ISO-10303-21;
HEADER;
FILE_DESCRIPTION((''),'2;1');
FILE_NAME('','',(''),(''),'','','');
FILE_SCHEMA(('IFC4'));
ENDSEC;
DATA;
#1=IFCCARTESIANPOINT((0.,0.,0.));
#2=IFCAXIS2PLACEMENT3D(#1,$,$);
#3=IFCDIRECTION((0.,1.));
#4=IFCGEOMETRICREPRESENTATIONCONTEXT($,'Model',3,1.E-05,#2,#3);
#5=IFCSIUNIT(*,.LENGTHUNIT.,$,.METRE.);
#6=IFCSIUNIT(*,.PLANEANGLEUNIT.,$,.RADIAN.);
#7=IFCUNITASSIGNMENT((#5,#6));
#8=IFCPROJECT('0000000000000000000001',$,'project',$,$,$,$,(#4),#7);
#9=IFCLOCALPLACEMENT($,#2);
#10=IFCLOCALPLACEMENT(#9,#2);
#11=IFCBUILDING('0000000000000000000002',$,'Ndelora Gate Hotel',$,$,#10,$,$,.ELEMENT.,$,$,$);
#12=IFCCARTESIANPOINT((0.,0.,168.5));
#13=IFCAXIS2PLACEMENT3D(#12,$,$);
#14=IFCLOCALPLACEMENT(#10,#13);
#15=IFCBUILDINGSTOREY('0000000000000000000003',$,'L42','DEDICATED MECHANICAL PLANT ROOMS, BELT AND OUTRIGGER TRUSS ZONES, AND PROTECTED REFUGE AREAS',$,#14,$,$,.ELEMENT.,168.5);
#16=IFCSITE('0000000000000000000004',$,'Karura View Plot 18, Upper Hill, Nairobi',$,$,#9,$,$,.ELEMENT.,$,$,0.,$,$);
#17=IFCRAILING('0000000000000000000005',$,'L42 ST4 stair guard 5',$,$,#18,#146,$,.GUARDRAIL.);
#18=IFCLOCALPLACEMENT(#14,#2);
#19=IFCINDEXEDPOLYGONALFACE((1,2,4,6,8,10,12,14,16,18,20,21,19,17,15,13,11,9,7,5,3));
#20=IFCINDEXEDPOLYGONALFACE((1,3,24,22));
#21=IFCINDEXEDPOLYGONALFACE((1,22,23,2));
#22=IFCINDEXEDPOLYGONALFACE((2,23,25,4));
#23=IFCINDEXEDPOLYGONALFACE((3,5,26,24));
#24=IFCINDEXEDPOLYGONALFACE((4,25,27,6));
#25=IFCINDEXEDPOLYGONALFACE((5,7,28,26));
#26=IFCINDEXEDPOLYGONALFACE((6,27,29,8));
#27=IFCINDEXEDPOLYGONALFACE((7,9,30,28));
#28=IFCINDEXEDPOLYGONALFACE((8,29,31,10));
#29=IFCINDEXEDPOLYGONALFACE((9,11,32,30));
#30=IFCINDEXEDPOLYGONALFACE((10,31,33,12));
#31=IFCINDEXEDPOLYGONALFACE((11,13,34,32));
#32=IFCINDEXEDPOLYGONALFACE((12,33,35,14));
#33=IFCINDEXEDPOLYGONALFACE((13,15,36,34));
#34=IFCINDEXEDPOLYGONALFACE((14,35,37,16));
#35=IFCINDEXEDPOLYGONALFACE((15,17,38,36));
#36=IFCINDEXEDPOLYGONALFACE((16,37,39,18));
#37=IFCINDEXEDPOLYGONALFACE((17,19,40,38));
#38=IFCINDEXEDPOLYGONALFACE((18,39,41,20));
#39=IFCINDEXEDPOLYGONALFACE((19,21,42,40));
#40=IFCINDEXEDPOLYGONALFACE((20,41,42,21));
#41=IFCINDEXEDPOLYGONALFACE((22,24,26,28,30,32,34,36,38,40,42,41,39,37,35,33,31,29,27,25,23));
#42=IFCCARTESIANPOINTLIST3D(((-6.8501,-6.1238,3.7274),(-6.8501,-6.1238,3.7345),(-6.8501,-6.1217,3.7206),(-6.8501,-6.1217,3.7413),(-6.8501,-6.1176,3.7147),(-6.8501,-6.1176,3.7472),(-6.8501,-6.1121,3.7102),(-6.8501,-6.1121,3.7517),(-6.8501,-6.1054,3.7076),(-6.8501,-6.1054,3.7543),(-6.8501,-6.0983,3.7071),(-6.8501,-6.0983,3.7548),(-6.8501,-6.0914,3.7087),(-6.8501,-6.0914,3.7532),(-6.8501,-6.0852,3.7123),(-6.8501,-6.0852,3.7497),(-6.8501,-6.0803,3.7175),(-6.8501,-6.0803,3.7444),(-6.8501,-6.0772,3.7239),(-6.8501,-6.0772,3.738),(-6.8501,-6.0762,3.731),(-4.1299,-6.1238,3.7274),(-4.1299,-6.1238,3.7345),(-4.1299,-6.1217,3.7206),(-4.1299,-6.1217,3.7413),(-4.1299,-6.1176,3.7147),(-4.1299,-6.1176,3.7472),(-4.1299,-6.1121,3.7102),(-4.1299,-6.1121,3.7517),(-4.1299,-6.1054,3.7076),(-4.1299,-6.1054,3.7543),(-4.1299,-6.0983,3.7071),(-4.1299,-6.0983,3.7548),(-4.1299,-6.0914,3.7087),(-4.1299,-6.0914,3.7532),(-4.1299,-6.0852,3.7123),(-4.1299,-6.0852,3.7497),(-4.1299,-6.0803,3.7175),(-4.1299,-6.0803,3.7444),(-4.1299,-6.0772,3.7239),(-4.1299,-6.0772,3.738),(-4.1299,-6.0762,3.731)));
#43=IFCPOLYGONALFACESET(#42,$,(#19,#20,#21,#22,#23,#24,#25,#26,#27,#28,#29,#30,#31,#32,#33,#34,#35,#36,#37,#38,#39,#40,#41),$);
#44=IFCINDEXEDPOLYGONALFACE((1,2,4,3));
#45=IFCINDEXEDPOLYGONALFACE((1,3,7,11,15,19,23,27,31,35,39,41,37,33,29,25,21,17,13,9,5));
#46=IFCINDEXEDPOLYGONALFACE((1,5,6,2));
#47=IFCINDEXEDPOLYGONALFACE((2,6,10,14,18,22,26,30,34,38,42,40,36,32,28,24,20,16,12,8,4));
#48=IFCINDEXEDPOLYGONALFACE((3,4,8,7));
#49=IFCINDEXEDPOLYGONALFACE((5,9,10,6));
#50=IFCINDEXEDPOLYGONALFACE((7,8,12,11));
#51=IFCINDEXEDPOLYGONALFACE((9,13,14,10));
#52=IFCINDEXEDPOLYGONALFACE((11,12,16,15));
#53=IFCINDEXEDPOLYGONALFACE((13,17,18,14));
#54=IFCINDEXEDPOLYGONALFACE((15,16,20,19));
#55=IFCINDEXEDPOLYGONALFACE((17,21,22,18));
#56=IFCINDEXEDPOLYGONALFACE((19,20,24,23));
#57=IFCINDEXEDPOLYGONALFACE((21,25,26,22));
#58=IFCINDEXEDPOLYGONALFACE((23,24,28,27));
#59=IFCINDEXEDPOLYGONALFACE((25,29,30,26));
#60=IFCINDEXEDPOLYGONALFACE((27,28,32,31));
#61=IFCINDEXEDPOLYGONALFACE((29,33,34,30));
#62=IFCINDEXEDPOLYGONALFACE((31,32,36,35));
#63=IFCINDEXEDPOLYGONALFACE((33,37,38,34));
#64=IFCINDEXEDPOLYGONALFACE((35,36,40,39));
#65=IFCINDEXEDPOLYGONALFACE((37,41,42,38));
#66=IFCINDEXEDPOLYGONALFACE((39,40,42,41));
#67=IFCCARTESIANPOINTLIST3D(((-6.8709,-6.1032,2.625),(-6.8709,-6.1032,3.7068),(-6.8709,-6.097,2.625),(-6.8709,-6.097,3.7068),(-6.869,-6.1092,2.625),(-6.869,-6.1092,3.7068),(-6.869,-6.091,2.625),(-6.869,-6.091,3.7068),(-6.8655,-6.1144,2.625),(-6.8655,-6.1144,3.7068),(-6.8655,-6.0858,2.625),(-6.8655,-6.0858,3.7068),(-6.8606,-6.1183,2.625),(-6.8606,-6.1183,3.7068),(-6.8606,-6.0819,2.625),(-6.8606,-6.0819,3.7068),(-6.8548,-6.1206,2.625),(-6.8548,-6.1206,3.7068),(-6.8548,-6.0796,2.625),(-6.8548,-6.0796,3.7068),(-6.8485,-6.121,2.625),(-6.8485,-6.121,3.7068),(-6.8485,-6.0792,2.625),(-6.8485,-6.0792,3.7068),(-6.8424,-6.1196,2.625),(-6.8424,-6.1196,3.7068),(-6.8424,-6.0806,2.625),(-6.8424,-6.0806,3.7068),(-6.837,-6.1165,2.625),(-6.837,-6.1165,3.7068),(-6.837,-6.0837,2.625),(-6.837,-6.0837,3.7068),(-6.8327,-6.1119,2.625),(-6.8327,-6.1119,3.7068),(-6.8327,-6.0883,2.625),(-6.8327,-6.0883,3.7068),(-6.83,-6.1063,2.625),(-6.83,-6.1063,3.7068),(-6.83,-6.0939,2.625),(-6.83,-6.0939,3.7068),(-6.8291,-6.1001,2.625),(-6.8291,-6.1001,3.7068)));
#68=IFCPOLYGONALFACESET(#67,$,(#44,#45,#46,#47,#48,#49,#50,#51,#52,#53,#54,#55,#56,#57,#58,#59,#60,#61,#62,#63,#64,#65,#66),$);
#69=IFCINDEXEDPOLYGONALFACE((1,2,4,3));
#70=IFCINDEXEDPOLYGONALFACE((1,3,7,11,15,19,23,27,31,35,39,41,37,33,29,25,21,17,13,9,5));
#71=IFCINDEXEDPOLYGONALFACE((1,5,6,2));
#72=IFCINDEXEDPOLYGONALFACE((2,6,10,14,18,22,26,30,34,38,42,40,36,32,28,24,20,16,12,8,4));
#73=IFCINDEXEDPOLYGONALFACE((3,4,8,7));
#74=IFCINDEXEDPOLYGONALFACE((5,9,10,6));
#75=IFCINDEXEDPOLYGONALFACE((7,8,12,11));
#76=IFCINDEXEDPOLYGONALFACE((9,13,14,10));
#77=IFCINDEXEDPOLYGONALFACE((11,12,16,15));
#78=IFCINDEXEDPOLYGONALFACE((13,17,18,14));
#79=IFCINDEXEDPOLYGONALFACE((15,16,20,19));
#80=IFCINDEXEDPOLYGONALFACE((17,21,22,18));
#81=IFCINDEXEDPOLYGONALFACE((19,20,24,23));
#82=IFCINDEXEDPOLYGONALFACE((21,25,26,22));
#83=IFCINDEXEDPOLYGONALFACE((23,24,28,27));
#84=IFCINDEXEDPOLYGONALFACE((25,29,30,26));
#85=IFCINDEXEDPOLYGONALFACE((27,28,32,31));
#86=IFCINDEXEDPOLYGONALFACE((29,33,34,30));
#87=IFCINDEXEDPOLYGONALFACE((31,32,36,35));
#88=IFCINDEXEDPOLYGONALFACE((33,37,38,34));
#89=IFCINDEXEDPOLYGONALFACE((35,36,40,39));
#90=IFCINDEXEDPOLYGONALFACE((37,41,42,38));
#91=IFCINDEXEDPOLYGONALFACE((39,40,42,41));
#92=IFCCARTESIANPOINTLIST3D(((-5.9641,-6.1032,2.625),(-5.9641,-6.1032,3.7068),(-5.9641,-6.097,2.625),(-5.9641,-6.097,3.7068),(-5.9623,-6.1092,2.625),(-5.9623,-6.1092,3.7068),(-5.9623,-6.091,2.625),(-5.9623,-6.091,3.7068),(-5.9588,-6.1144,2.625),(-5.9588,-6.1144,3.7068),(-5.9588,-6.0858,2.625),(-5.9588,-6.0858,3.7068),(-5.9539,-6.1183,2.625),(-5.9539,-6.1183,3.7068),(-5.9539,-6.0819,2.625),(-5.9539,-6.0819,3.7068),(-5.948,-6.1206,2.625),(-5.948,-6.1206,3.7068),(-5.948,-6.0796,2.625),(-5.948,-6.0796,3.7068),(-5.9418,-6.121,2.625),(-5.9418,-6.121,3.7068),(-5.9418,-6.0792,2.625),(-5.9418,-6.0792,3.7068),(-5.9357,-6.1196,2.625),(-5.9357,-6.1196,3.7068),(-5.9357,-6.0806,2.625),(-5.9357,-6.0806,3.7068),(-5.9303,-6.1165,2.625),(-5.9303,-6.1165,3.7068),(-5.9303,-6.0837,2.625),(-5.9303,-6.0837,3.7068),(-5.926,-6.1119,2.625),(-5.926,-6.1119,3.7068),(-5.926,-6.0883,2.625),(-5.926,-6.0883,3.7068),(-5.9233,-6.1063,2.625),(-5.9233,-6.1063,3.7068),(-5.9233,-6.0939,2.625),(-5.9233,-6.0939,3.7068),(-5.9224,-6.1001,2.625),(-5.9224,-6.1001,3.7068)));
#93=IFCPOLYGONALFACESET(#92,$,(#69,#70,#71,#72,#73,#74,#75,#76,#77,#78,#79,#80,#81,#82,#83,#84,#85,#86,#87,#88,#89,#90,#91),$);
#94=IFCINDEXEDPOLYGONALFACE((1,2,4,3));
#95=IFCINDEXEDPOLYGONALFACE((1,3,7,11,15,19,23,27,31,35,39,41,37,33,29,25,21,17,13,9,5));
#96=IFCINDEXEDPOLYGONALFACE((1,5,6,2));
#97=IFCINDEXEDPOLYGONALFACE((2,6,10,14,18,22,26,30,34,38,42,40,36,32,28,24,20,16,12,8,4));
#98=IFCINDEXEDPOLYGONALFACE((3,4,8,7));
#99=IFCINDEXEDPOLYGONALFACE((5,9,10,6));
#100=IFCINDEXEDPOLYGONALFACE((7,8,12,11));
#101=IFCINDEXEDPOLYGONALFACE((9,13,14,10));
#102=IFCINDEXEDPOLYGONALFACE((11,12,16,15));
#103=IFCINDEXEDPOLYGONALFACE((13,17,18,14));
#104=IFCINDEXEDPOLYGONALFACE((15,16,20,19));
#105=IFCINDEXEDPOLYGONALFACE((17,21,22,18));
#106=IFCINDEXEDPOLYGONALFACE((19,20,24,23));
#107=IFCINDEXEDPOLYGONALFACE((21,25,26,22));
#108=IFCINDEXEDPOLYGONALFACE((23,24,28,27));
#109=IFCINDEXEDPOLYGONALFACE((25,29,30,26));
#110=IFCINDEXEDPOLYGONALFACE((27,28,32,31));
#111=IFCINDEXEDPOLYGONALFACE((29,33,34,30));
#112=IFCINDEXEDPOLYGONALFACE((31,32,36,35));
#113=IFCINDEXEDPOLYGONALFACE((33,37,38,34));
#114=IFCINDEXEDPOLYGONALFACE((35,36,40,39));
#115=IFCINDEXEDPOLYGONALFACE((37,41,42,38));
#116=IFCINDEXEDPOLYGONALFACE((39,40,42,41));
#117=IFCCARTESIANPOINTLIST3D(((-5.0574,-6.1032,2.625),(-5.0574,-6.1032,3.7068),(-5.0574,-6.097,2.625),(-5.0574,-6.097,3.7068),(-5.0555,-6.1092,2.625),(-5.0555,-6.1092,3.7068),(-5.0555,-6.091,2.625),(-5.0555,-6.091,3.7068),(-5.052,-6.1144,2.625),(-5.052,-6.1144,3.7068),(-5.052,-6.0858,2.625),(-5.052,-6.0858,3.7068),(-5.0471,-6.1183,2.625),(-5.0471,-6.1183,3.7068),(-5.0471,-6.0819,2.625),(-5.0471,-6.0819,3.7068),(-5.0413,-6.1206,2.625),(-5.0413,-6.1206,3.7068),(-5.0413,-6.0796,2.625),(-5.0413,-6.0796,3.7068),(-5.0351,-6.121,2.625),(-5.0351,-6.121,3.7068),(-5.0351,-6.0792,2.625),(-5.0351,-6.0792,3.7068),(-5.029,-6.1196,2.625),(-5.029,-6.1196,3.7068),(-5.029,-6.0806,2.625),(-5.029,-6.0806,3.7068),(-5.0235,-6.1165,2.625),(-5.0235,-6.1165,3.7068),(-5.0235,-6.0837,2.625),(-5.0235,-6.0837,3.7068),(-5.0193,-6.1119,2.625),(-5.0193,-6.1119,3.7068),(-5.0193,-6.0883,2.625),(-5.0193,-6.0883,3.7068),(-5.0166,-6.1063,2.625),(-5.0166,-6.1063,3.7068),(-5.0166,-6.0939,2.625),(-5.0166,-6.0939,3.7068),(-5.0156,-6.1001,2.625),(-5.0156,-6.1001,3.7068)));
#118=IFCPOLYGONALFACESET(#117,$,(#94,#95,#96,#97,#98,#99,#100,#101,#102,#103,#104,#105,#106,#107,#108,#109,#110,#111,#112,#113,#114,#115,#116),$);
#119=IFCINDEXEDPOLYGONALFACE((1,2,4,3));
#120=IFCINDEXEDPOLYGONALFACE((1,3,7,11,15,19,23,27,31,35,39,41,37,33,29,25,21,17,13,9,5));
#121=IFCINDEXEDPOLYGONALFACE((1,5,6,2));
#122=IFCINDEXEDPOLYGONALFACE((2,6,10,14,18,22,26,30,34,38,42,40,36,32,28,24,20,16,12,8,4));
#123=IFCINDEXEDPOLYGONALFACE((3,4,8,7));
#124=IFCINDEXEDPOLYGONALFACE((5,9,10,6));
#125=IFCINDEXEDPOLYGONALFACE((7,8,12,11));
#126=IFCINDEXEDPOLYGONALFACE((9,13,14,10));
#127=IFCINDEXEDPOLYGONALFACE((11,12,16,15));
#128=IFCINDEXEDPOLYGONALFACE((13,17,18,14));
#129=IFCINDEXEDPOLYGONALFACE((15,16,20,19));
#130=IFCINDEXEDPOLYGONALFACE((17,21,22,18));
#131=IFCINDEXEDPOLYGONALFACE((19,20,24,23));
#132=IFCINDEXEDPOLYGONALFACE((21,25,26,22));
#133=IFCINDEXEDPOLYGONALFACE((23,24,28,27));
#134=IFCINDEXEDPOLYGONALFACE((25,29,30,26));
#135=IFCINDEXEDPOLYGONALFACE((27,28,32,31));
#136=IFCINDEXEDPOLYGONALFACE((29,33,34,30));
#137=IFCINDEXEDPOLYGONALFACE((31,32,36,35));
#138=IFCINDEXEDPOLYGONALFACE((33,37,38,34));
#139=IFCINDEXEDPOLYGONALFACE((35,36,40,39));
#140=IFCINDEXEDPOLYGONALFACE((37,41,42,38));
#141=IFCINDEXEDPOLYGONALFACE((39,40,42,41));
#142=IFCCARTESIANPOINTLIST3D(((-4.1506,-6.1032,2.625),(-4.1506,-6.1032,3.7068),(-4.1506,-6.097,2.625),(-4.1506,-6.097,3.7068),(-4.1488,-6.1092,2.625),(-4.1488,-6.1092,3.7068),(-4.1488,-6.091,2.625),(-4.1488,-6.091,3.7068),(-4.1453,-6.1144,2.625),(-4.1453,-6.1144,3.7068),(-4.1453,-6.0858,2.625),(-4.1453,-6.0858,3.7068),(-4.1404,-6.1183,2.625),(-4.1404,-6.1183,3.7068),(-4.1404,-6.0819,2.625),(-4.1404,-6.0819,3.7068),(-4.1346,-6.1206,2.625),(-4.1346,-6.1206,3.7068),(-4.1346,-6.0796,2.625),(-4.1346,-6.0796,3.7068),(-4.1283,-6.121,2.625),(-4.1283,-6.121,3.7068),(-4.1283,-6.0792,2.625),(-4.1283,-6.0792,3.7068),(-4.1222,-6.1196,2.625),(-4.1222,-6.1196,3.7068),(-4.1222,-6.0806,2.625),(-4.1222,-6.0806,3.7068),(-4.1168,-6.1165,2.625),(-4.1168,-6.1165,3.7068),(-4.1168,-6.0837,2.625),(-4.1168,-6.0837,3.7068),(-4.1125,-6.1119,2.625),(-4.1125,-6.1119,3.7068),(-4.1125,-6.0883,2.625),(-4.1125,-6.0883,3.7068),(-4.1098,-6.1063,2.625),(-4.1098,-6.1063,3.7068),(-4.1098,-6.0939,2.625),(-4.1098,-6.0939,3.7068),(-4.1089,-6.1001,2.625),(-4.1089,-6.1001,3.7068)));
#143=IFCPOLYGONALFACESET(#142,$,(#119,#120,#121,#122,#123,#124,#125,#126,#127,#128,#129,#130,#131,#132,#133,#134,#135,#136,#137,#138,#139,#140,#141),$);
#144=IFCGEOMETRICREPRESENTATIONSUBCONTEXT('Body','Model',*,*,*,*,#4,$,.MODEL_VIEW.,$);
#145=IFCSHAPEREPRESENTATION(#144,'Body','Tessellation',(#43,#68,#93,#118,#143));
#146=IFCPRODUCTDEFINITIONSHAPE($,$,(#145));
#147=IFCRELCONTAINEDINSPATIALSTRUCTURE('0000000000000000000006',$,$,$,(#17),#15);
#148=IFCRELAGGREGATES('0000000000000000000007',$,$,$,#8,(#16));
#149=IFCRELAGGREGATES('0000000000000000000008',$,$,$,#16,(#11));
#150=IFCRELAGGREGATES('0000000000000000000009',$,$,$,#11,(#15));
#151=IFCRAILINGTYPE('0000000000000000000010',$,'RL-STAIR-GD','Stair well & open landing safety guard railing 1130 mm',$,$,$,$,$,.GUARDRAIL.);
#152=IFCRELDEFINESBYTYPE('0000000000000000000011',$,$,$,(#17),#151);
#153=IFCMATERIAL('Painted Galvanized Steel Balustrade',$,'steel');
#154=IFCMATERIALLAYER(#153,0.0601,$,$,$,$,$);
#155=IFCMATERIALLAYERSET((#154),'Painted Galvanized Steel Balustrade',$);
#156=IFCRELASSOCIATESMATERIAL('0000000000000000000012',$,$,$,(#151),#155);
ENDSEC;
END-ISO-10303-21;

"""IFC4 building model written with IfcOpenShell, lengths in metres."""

from ifc_helpers import new_model, si_unit, direction, frame, origin, origin_2d, place, context, subcontext, project, spatial, circle, extrude, material, layer, layer_set, type_object, element, save


model = new_model("IFC4")

# Units and contexts
model_context = context("Model", 3, precision=1e-05, world=origin(), true_north=direction((0.0, 1.0)))
body_context = subcontext(model_context, "Body", "Model", "MODEL_VIEW")
ifc_project = project(units=[si_unit("LENGTHUNIT", "METRE"), si_unit("PLANEANGLEUNIT", "RADIAN")], contexts=[model_context])

# Site, building, storey
site_placement = place(None, origin())
site = spatial("IfcSite", under=ifc_project, at=site_placement, Name="Karura View Plot 18, Upper Hill, Nairobi", CompositionType="ELEMENT", RefElevation=0.0)
building_placement = place(site_placement, origin())
building = spatial("IfcBuilding", under=site, at=building_placement, Name="Ndelora Gate Hotel", CompositionType="ELEMENT")
storey_placement = place(building_placement, frame((0.0, 0.0, 168.5)))
storey = spatial("IfcBuildingStorey", under=building, at=storey_placement, Name="L42", Description="DEDICATED MECHANICAL PLANT ROOMS, BELT AND OUTRIGGER TRUSS ZONES, AND PROTECTED REFUGE AREAS", CompositionType="ELEMENT", Elevation=168.5)

# Railing
ifc_material_1 = material(Name="Painted Galvanized Steel Balustrade", Category="steel")
ifc_layer_1 = layer(ifc_material_1, 0.0601)
ifc_layer_set_1 = layer_set([ifc_layer_1], Name="Painted Galvanized Steel Balustrade")
railing_type_1 = type_object("IfcRailingType", Name="RL-STAIR-GD", Description="Stair well & open landing safety guard railing 1130 mm", PredefinedType="GUARDRAIL", material=ifc_layer_set_1)
railing_1_placement = place(storey_placement, frame((-6.8501, -6.1001, 2.625)))
element("IfcRailing", 1, at=railing_1_placement, inside=storey, type_object=railing_type_1, Name="L42 ST4 stair guard 5", PredefinedType="GUARDRAIL", context=body_context, shape_type="SweptSolid", body=[
    extrude(circle(Radius=0.0239, at=origin_2d()), frame((0.0, 0.0, 1.106), z_axis=(1.0, 0.0, 0.0), x_axis=(0.0, 1.0, 0.0)), (0.0, 0.0, 1.0), 2.7202),
    extrude(circle(Radius=0.021, at=origin_2d()), origin(), (0.0, 0.0, 1.0), 1.0818),
    extrude(circle(Radius=0.021, at=origin_2d()), frame((0.9067, 0.0, 0.0)), (0.0, 0.0, 1.0), 1.0818),
    extrude(circle(Radius=0.021, at=origin_2d()), frame((1.8135, 0.0, 0.0)), (0.0, 0.0, 1.0), 1.0818),
    extrude(circle(Radius=0.021, at=origin_2d()), frame((2.7202, 0.0, 0.0)), (0.0, 0.0, 1.0), 1.0818),
])

save(model, "model.ifc")
